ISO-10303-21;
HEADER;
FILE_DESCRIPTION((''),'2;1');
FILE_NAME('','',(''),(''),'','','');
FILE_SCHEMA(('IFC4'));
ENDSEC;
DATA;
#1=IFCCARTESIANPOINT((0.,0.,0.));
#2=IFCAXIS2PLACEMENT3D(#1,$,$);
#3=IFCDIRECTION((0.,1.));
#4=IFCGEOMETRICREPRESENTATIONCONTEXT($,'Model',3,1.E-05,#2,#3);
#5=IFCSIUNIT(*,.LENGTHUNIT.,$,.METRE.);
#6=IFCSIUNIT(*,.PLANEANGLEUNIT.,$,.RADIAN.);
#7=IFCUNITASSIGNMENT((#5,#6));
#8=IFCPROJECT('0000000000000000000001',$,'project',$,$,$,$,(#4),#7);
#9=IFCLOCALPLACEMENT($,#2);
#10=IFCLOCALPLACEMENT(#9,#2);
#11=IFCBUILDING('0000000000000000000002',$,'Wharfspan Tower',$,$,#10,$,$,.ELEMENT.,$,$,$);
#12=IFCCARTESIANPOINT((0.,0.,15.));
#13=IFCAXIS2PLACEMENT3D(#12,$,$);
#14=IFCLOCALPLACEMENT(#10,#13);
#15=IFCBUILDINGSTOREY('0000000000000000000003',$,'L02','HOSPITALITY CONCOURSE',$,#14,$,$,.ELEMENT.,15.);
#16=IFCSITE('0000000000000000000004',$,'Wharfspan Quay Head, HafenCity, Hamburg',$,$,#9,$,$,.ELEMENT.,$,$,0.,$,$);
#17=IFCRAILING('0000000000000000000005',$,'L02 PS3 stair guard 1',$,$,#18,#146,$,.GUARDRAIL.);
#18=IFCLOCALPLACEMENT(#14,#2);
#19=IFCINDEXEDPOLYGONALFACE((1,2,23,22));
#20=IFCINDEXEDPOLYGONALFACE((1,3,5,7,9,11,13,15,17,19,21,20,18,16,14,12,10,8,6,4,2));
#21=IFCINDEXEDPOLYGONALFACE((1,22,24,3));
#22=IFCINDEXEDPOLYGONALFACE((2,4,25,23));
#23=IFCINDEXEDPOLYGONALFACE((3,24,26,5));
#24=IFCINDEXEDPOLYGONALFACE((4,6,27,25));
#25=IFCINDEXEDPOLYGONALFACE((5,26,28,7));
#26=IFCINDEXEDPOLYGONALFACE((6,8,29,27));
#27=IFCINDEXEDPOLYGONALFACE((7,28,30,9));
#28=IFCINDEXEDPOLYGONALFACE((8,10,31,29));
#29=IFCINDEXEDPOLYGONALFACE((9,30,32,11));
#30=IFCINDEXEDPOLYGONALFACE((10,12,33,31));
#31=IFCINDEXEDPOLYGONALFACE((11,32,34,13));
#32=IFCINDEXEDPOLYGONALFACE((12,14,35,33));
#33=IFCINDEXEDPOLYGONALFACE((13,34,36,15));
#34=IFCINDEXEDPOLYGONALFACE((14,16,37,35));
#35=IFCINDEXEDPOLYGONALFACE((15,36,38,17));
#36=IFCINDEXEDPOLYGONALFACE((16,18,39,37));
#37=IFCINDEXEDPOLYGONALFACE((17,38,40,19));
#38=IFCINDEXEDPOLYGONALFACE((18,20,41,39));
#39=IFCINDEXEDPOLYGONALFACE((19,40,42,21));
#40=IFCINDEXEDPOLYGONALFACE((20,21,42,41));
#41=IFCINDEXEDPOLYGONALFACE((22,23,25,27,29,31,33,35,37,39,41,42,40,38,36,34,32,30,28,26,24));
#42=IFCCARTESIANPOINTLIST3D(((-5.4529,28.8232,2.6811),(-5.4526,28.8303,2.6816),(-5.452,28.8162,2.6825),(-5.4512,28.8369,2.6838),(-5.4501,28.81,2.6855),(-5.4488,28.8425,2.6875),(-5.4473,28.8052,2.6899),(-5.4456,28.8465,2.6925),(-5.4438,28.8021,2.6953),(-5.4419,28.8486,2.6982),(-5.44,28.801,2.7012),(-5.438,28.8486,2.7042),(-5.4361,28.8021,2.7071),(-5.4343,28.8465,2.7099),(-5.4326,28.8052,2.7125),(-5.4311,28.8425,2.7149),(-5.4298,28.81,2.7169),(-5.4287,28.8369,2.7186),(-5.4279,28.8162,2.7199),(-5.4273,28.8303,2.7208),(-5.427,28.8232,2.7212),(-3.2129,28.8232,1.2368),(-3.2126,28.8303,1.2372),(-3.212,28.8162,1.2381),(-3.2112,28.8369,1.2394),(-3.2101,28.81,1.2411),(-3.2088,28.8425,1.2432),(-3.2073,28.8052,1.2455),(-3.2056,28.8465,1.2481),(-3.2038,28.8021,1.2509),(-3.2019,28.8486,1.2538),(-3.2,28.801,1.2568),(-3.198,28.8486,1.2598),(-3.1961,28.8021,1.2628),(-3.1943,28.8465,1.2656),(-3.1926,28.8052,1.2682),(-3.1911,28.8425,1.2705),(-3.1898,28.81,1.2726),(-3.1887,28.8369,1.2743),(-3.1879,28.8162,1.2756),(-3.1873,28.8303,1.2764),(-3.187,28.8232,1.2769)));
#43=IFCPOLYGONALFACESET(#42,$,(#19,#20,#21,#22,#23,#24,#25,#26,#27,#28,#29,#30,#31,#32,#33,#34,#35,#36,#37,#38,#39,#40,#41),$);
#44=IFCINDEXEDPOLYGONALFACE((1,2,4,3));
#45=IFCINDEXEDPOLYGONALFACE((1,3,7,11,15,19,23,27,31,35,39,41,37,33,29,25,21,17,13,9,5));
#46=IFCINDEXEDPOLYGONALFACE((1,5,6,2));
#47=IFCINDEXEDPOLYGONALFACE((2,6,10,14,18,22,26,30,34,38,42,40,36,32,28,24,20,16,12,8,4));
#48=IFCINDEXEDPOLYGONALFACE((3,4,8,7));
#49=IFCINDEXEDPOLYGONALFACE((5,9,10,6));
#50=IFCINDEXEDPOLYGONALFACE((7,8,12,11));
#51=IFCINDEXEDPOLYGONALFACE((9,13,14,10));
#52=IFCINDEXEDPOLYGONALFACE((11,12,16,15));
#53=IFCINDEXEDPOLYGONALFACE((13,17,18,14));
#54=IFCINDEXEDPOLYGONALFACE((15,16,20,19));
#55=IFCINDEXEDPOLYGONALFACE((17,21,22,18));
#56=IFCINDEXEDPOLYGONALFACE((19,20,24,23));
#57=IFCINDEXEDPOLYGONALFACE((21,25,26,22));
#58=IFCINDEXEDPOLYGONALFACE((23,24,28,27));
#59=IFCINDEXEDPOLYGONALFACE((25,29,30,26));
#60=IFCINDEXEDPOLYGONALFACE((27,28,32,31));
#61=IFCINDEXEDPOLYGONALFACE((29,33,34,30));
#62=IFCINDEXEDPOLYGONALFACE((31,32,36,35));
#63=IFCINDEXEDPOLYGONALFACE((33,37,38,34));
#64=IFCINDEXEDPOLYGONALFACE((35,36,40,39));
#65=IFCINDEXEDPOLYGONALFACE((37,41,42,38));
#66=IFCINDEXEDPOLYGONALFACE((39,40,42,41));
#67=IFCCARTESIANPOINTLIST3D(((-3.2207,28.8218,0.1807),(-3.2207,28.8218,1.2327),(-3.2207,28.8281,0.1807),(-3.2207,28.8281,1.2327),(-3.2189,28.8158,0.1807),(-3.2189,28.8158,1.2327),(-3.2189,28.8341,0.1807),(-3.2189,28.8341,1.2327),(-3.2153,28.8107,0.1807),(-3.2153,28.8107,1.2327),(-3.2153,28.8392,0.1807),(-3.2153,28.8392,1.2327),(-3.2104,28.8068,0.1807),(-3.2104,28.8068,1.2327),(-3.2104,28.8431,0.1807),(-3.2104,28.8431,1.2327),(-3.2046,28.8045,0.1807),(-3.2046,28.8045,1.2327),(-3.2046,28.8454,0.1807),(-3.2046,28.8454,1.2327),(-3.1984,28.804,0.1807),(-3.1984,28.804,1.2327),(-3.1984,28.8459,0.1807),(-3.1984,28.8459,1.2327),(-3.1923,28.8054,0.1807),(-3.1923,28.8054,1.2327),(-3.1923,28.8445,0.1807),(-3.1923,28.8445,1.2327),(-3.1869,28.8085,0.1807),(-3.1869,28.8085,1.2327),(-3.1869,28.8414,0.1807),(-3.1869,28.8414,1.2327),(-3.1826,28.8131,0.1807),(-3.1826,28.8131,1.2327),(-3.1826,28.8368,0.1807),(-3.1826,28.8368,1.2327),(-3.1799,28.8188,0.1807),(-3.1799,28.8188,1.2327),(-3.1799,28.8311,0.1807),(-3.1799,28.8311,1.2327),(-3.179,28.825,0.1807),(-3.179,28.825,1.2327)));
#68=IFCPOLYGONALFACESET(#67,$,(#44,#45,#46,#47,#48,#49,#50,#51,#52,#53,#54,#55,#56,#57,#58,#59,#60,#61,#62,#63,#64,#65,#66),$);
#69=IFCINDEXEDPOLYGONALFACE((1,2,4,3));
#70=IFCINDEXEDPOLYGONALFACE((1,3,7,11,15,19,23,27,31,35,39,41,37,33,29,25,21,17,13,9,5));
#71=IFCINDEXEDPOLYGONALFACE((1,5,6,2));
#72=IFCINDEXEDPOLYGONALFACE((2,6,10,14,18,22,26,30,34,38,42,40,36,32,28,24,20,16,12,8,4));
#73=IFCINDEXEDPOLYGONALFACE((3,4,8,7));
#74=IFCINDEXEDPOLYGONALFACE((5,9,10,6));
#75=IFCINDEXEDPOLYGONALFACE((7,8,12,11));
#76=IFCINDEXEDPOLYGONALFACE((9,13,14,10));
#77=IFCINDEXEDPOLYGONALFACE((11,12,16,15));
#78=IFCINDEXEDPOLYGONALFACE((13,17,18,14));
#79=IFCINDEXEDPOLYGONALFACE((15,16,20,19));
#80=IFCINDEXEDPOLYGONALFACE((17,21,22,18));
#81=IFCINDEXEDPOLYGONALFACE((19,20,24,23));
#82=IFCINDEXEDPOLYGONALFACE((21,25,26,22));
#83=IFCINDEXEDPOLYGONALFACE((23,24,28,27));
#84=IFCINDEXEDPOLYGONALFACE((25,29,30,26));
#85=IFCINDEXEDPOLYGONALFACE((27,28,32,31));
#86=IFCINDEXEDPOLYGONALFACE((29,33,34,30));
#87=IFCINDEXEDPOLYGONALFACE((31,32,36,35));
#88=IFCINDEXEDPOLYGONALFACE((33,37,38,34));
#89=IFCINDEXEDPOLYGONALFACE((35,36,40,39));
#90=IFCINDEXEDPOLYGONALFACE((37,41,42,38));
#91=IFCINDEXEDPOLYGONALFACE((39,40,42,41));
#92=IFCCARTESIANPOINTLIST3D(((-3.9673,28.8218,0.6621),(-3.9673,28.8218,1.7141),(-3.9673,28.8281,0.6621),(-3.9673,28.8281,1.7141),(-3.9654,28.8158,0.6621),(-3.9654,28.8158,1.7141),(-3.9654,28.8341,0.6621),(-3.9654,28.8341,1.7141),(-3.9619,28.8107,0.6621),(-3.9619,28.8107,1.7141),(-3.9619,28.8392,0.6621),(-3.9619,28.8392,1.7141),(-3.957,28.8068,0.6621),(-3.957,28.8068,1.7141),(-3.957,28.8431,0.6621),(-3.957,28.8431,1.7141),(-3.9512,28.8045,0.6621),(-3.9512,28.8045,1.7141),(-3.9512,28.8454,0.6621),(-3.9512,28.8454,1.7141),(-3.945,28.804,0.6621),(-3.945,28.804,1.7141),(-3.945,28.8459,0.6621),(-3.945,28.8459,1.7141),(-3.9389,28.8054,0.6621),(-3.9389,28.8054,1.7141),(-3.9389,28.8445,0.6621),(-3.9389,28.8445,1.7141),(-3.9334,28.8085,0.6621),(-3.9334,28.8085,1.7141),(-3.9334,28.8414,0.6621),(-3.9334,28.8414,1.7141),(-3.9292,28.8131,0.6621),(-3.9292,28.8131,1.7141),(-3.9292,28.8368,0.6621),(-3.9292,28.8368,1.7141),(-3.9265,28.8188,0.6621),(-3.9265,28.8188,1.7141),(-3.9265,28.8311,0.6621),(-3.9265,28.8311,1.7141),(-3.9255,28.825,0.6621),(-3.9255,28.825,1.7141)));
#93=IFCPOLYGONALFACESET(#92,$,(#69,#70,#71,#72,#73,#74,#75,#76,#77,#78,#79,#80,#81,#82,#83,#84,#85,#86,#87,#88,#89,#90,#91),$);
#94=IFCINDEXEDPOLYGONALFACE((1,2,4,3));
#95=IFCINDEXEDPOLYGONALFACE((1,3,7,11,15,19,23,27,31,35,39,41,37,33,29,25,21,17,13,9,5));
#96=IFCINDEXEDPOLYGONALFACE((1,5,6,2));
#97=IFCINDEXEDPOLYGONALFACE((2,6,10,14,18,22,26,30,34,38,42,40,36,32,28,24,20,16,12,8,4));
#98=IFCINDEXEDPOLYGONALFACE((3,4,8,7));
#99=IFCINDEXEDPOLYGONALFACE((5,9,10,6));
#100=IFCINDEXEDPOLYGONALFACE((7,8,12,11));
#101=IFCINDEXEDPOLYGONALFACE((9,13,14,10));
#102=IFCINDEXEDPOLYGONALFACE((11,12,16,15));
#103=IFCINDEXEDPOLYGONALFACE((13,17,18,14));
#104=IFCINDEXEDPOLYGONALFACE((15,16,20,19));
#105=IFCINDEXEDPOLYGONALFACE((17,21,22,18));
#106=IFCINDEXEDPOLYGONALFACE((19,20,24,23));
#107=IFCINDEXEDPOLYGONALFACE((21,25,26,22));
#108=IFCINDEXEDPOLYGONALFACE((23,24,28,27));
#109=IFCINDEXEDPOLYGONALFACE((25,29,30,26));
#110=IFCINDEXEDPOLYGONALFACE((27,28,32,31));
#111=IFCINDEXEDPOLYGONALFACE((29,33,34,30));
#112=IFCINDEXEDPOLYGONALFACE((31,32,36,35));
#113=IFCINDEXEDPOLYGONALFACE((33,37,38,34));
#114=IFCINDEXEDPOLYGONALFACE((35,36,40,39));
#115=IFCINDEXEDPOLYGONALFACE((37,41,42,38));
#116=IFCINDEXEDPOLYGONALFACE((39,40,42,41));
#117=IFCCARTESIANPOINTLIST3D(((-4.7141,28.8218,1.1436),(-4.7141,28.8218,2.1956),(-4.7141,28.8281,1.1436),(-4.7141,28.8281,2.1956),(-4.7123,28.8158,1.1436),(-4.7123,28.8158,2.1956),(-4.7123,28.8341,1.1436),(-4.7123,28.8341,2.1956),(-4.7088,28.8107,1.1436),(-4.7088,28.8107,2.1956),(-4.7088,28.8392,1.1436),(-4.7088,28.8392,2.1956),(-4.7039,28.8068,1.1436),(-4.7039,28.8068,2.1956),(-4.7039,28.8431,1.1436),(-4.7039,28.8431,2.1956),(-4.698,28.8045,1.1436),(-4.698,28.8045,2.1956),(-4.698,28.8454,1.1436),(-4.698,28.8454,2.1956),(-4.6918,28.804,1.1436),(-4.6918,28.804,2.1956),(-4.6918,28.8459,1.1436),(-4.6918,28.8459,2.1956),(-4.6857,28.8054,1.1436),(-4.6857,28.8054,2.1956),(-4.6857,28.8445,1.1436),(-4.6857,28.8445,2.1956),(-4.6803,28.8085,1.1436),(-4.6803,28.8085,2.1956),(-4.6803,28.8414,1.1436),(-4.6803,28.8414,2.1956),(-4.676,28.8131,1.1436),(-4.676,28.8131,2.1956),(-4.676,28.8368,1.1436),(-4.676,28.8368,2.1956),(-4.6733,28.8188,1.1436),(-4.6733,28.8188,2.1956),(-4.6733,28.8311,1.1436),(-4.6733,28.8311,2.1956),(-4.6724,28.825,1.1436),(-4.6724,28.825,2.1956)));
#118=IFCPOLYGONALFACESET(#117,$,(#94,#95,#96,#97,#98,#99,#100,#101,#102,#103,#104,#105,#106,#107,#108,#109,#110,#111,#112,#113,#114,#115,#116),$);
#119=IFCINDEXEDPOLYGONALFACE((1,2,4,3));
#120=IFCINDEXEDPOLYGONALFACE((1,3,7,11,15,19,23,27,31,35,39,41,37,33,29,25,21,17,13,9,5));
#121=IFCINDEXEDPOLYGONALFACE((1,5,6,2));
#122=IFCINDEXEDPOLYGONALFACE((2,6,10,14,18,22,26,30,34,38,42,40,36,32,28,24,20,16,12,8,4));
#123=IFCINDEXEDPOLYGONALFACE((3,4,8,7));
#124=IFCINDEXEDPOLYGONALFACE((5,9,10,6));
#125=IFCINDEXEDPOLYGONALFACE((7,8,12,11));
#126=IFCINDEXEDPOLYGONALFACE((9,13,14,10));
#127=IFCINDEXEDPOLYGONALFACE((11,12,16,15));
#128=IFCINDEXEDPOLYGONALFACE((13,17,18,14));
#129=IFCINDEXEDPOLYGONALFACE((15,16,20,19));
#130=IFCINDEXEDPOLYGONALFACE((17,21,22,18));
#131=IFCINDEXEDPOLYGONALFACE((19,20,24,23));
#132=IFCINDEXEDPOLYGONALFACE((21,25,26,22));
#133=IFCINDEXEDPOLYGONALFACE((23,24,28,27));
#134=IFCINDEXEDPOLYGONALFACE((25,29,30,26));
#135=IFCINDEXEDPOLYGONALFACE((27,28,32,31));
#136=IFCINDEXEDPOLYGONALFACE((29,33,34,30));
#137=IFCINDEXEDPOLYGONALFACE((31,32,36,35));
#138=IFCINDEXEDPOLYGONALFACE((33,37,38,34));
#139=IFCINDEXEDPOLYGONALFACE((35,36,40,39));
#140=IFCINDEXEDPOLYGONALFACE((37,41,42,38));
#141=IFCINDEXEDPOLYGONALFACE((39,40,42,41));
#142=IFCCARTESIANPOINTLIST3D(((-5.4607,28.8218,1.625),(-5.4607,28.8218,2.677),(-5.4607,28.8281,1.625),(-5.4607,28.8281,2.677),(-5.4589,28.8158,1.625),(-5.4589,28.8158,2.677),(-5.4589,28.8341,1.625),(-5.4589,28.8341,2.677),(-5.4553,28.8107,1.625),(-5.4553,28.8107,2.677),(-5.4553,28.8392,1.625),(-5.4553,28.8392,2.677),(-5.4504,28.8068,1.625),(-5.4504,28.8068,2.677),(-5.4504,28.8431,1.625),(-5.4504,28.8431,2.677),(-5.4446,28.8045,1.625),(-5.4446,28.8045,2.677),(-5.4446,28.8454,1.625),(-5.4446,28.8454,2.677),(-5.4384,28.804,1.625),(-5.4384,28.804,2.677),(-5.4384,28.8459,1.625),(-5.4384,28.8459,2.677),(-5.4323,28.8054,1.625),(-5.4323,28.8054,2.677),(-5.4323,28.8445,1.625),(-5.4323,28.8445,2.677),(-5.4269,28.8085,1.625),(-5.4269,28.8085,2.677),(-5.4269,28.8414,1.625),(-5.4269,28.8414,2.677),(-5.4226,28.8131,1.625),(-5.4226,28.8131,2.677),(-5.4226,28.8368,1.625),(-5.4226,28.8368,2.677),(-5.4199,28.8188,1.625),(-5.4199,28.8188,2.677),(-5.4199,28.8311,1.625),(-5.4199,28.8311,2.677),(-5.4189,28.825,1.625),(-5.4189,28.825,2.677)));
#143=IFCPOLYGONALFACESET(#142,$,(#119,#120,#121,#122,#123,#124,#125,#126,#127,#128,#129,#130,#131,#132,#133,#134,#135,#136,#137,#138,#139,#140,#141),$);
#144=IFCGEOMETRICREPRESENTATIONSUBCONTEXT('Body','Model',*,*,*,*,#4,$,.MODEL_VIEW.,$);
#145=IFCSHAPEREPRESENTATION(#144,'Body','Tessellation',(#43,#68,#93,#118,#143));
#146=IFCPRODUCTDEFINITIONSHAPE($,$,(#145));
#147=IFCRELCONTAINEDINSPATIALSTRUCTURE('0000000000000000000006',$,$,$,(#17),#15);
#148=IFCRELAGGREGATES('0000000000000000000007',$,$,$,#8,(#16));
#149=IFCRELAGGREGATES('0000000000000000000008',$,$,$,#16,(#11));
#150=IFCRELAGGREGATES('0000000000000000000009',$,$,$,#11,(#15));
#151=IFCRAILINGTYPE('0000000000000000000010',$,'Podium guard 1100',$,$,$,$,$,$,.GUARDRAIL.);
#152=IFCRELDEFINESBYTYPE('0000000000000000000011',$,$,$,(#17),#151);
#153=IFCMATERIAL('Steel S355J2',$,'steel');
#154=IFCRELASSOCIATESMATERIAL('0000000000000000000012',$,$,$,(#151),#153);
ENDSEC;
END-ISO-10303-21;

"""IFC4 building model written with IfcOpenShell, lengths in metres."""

from ifc_helpers import new_model, si_unit, direction, frame, origin, origin_2d, place, context, subcontext, project, spatial, circle, extrude, material, type_object, element, save


model = new_model("IFC4")

# Units and contexts
model_context = context("Model", 3, precision=1e-05, world=origin(), true_north=direction((0.0, 1.0)))
body_context = subcontext(model_context, "Body", "Model", "MODEL_VIEW")
ifc_project = project(units=[si_unit("LENGTHUNIT", "METRE"), si_unit("PLANEANGLEUNIT", "RADIAN")], contexts=[model_context])

# Site, building, storey
site_placement = place(None, origin())
site = spatial("IfcSite", under=ifc_project, at=site_placement, Name="Wharfspan Quay Head, HafenCity, Hamburg", CompositionType="ELEMENT", RefElevation=0.0)
building_placement = place(site_placement, origin())
building = spatial("IfcBuilding", under=site, at=building_placement, Name="Wharfspan Tower", CompositionType="ELEMENT")
storey_placement = place(building_placement, frame((0.0, 0.0, 15.0)))
storey = spatial("IfcBuildingStorey", under=building, at=storey_placement, Name="L02", Description="HOSPITALITY CONCOURSE", CompositionType="ELEMENT", Elevation=15.0)

# Railing
ifc_material_1 = material(Name="Steel S355J2", Category="steel")
railing_type_1 = type_object("IfcRailingType", Name="Podium guard 1100", PredefinedType="GUARDRAIL", material=ifc_material_1)
railing_1_placement = place(storey_placement, frame((-3.2, 28.825, 0.1807)))
element("IfcRailing", 1, at=railing_1_placement, inside=storey, type_object=railing_type_1, Name="L02 PS3 stair guard 1", PredefinedType="GUARDRAIL", context=body_context, shape_type="SweptSolid", body=[
    extrude(circle(Radius=0.0239, at=origin_2d()), frame((0.0, 0.0, 1.0762), z_axis=(-0.840437, 0.0, 0.54191), x_axis=(0.0, -1.0, 0.0)), (0.0, 0.0, 1.0), 2.6653),
    extrude(circle(Radius=0.021, at=origin_2d()), origin(), (0.0, 0.0, 1.0), 1.052),
    extrude(circle(Radius=0.021, at=origin_2d()), frame((-0.7466, 0.0, 0.4814)), (0.0, 0.0, 1.0), 1.052),
    extrude(circle(Radius=0.021, at=origin_2d()), frame((-1.4934, 0.0, 0.9629)), (0.0, 0.0, 1.0), 1.052),
    extrude(circle(Radius=0.021, at=origin_2d()), frame((-2.24, 0.0, 1.4443)), (0.0, 0.0, 1.0), 1.052),
])

save(model, "model.ifc")
